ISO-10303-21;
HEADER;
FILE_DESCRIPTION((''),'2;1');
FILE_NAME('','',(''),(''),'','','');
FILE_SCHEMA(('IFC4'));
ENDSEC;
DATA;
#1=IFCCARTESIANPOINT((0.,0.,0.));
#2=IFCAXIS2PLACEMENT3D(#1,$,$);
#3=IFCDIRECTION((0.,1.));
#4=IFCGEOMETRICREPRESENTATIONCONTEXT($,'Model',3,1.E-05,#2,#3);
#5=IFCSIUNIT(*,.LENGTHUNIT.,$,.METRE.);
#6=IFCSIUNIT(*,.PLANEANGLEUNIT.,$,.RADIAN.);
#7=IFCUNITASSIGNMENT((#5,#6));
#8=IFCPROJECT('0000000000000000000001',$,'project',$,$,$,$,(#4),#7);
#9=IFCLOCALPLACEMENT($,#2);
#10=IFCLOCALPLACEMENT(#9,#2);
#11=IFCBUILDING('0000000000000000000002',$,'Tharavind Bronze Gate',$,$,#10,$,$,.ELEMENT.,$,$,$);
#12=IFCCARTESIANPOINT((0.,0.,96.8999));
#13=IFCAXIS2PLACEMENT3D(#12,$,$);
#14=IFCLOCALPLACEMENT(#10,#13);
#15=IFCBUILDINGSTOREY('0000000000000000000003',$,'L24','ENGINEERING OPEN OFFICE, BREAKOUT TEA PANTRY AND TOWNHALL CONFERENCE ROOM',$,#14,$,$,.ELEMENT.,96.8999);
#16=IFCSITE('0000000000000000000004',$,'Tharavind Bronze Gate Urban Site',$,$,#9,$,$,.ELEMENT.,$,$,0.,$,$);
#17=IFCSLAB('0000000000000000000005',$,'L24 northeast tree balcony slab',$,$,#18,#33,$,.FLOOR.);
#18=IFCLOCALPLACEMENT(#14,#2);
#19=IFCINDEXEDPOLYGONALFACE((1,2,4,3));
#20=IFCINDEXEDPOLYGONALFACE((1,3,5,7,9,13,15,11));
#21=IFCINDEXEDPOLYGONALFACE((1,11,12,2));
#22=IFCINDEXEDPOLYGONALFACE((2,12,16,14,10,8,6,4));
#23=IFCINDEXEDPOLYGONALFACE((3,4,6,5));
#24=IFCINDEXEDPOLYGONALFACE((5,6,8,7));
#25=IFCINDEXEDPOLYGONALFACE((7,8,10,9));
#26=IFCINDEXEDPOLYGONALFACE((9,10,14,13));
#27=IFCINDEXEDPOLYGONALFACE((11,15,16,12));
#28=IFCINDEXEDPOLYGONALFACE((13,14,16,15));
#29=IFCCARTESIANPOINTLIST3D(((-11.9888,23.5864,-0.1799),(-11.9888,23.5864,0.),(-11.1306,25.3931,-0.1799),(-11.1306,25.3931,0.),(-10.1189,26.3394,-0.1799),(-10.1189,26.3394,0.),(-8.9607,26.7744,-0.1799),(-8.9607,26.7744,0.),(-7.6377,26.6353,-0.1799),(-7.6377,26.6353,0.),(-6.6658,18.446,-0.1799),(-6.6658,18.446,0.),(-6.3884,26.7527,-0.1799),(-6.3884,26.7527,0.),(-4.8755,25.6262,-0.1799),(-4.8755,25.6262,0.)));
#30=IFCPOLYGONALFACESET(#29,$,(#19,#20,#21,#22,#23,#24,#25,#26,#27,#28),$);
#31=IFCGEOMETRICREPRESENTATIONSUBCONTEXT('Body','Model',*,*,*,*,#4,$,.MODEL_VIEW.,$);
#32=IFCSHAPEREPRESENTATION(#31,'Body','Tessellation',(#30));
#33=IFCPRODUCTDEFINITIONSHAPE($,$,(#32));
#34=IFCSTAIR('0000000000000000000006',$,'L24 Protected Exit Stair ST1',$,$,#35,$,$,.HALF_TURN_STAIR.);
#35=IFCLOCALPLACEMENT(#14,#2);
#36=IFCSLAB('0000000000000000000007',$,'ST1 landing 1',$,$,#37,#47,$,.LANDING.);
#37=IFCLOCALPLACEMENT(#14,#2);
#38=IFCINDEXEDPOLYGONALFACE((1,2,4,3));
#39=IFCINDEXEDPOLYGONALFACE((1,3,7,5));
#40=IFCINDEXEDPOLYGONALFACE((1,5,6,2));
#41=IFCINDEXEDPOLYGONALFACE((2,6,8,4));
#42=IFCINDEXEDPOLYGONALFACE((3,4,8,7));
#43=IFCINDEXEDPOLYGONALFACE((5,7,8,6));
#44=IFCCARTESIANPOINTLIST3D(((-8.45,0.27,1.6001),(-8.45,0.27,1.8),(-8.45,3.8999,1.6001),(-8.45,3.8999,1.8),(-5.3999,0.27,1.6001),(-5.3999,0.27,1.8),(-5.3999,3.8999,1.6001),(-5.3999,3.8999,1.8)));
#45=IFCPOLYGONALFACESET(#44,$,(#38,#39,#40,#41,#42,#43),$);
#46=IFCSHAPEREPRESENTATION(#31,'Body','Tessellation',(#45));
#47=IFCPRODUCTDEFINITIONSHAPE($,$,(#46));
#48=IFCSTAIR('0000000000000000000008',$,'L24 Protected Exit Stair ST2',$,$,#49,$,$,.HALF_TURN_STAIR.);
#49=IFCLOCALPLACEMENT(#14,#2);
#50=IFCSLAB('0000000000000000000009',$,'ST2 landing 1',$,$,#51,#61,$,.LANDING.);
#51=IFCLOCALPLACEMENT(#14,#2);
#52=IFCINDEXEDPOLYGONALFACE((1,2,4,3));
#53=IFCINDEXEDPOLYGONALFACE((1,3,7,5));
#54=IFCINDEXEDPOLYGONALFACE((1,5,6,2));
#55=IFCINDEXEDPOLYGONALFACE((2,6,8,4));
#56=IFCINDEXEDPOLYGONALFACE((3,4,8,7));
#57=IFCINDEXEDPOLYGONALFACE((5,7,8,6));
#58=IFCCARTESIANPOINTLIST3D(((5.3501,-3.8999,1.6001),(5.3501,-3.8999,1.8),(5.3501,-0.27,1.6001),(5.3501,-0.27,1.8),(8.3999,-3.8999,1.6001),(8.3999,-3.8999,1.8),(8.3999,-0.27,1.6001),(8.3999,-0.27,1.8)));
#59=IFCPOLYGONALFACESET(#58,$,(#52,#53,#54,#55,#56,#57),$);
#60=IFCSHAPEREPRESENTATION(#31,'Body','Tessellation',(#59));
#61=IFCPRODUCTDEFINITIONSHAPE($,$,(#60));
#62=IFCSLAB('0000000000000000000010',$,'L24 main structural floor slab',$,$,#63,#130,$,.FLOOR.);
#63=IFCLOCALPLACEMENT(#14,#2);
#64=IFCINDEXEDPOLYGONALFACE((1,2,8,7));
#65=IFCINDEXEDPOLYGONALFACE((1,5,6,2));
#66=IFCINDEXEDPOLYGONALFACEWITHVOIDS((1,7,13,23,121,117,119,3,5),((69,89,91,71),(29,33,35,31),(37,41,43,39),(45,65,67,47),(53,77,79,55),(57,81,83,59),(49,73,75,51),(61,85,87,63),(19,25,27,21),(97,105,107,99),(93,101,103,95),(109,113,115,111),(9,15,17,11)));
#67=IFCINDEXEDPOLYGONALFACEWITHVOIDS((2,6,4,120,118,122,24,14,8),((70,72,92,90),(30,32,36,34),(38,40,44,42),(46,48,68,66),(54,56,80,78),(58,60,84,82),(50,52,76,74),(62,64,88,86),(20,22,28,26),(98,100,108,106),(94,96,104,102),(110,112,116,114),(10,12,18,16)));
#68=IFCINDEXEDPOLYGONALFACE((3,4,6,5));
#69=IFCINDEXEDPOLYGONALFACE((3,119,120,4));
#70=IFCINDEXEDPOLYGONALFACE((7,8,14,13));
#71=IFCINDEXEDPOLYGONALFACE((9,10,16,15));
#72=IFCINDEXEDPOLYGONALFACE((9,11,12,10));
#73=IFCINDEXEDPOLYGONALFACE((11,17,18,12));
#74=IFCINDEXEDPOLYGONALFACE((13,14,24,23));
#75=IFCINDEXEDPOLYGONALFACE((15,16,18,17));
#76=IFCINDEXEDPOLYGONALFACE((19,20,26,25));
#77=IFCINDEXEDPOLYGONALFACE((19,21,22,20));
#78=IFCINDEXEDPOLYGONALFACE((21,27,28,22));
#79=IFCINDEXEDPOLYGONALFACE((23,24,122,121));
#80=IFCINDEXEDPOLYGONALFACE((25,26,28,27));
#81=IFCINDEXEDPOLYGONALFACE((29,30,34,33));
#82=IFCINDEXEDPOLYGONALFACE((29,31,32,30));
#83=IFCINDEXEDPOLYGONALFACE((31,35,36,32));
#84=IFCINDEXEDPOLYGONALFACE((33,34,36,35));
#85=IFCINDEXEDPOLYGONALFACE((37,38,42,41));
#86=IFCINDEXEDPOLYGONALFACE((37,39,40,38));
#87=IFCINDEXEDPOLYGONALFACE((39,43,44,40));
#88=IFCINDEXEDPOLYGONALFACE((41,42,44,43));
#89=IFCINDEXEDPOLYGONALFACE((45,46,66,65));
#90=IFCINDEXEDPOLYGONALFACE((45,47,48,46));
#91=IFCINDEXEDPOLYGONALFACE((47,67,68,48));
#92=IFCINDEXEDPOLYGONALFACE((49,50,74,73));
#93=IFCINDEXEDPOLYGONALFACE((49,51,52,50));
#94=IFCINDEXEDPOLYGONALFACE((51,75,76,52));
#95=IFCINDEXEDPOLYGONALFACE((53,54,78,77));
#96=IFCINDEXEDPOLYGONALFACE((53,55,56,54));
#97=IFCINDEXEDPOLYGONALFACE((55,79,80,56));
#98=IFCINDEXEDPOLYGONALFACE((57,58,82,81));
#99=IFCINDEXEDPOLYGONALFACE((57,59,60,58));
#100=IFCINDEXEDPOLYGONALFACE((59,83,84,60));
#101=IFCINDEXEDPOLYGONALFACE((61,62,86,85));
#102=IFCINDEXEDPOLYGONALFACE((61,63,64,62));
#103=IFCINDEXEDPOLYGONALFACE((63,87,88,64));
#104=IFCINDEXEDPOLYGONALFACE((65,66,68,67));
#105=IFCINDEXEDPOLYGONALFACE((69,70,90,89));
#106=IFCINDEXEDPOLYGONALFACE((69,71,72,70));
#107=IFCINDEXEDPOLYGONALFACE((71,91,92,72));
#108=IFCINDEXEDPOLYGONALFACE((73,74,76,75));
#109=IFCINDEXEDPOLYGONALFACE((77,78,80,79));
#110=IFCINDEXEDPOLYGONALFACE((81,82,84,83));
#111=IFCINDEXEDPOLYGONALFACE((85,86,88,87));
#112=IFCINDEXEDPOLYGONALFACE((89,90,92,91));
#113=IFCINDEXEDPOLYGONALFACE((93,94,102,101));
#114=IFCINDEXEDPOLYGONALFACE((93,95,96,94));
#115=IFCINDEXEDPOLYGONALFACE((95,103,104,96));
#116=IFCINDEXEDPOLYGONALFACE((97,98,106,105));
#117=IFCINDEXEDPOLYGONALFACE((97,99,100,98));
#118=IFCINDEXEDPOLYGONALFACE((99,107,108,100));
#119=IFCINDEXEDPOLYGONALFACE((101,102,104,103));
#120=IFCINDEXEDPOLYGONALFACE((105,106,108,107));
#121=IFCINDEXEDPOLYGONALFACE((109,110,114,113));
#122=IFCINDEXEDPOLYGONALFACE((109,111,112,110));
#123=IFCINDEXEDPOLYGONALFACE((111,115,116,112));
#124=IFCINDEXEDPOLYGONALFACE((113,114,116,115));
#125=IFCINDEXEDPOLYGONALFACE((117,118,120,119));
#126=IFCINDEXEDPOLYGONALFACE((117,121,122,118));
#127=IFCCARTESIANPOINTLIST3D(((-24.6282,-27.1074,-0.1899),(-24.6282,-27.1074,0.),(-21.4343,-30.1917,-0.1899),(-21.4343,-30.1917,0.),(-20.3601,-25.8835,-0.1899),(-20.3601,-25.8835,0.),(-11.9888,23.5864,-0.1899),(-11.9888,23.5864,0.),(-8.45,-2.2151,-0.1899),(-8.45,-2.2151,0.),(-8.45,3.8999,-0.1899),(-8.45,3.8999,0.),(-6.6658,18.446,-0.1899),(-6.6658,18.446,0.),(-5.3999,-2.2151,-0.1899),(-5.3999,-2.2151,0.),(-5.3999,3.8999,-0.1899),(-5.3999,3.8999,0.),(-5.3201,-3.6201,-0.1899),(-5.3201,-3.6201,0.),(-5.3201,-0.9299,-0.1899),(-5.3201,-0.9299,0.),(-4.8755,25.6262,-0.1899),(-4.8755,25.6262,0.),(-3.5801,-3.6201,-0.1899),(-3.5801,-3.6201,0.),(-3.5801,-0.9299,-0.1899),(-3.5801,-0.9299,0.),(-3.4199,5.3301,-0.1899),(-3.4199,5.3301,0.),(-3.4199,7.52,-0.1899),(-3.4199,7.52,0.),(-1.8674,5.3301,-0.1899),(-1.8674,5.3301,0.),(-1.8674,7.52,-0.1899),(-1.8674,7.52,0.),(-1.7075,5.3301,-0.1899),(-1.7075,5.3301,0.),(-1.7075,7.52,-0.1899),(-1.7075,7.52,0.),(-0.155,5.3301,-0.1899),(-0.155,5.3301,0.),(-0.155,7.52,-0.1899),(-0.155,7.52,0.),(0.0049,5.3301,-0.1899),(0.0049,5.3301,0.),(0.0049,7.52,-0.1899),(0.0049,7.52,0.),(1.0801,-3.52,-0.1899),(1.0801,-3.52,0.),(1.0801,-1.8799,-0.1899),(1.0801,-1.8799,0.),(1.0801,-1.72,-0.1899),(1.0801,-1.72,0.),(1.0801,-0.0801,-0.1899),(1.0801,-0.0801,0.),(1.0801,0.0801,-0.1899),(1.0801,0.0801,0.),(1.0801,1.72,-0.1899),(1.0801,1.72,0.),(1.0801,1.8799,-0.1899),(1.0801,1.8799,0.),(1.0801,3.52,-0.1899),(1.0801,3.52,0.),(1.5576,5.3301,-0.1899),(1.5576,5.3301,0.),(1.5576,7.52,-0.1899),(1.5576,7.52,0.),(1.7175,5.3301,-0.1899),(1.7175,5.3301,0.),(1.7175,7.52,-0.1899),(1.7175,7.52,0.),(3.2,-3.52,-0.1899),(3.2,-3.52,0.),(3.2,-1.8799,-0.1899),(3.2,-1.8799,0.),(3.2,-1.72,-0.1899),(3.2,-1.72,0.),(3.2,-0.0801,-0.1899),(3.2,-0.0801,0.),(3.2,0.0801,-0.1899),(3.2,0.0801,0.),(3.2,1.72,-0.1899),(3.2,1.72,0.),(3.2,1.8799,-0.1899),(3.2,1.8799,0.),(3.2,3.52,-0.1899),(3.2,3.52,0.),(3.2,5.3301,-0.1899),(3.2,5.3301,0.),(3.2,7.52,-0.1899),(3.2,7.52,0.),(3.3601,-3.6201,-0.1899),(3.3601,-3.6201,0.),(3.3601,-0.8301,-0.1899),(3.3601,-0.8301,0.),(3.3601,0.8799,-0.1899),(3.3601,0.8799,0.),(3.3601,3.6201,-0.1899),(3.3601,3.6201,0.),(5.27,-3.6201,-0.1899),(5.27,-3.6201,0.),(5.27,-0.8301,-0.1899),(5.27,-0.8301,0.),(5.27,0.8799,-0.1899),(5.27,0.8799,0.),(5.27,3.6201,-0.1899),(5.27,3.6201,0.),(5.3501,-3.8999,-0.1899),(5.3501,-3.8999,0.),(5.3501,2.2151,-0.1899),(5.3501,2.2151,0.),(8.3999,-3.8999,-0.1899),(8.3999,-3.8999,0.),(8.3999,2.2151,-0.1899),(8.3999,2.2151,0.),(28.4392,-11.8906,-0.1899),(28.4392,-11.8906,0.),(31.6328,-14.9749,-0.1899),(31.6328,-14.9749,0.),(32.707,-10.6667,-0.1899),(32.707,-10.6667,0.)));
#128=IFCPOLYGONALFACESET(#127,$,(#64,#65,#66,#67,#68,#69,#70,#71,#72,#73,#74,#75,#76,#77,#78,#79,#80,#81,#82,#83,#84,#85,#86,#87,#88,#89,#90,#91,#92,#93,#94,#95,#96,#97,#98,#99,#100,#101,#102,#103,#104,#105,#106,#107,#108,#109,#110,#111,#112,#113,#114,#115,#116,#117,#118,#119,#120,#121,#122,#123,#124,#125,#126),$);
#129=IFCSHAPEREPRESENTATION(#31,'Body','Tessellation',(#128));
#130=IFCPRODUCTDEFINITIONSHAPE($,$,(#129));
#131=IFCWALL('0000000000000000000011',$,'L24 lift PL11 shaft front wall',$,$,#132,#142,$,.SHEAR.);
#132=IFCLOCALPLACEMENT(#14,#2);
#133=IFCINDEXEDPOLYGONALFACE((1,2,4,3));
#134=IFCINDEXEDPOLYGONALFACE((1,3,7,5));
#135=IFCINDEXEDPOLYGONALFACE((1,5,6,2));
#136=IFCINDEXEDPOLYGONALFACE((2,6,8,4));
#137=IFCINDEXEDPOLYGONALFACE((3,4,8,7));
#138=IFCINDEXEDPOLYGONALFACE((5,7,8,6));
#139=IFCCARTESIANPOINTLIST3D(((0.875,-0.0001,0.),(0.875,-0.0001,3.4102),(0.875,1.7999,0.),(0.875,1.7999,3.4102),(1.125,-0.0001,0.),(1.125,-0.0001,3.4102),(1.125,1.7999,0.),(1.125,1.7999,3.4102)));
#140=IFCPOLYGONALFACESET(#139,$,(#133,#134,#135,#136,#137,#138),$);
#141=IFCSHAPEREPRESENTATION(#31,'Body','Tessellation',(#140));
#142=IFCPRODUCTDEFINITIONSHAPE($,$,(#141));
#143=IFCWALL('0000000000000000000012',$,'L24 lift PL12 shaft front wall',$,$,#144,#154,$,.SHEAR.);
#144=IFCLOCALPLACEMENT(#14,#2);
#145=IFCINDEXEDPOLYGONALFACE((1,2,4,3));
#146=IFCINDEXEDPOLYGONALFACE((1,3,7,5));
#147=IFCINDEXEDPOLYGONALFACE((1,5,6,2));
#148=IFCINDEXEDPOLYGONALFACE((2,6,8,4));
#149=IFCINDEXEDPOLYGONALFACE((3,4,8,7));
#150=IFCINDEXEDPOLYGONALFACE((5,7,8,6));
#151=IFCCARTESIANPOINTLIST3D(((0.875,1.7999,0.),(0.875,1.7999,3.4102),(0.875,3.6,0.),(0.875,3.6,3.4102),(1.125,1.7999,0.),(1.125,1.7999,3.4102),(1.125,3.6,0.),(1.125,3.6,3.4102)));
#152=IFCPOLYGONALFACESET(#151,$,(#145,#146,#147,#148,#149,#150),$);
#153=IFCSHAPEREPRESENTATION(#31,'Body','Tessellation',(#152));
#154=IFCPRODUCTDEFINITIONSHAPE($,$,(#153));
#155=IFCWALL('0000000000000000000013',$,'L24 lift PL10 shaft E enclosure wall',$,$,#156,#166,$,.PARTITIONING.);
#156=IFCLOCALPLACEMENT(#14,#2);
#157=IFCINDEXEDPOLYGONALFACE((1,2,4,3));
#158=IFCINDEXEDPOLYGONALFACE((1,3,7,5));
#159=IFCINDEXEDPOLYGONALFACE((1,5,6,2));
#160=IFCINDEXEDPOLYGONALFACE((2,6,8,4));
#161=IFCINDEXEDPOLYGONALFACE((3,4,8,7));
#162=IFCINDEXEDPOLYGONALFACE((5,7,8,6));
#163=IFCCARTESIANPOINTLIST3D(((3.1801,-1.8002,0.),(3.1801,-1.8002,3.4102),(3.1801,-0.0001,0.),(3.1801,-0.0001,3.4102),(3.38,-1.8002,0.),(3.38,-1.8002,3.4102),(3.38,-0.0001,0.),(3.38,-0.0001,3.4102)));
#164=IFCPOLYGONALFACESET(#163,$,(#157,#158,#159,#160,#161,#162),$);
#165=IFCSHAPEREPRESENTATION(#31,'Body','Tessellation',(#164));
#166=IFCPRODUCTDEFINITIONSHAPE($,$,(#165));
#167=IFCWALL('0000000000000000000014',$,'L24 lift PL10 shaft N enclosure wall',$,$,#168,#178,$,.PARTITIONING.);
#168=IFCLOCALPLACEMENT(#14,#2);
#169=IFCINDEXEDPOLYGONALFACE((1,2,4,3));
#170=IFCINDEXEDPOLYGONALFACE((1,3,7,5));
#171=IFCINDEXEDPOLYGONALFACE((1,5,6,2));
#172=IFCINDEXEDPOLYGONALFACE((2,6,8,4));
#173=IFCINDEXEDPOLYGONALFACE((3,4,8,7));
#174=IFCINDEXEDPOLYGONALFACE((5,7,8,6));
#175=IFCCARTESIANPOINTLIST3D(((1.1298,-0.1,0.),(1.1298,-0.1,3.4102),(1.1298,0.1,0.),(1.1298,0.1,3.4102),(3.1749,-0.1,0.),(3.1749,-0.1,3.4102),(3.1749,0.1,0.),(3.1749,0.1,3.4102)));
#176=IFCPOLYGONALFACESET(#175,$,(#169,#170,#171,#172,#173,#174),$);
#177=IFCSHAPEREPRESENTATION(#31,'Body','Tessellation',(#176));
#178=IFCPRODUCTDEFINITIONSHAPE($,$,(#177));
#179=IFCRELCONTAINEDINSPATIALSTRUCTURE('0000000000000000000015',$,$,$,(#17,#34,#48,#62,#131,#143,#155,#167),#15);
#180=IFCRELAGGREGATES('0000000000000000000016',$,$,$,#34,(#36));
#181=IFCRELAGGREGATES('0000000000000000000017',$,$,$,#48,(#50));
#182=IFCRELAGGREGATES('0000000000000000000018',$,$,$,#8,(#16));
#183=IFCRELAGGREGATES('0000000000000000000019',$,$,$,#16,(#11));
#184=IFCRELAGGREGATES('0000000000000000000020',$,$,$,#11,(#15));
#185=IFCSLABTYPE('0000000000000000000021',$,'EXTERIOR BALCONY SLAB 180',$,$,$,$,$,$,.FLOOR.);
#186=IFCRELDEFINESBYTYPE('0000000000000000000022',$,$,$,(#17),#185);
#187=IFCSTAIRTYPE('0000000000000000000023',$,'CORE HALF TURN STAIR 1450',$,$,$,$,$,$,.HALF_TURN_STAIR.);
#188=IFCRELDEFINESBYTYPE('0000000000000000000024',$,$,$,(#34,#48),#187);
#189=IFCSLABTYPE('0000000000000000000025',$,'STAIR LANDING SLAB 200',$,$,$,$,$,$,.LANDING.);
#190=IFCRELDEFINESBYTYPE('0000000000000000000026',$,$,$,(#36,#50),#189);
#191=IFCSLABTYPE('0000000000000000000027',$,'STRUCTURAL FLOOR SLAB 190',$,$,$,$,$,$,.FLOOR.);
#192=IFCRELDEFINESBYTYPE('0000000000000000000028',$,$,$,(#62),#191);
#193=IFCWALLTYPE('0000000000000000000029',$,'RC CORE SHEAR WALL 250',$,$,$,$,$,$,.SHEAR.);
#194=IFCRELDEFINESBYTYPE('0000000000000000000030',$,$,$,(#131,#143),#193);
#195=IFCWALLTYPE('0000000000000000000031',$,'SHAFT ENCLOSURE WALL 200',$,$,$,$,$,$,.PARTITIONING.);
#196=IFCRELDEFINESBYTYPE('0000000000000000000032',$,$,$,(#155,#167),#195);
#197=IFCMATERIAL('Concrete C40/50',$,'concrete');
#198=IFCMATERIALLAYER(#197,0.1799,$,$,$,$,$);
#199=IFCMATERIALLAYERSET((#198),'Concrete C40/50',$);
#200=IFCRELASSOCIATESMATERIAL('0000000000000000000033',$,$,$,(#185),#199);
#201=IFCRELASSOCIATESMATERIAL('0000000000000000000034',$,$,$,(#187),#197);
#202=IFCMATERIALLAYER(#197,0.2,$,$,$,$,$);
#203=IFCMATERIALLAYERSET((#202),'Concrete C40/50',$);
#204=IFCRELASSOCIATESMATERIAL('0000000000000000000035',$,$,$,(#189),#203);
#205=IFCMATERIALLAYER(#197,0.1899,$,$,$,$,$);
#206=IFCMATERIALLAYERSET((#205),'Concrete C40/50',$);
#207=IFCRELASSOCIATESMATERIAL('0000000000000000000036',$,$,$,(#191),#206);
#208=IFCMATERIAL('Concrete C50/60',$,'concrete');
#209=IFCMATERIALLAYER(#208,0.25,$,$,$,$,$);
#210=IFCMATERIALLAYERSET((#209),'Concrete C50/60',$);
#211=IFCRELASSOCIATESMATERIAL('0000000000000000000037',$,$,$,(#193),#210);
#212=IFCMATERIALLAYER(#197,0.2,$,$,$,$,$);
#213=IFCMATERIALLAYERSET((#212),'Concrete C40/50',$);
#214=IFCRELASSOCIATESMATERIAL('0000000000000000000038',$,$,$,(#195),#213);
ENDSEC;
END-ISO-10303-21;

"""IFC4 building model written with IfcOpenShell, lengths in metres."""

from ifc_helpers import new_model, si_unit, direction, frame, frame_2d, origin, place, context, subcontext, project, spatial, polyline, rectangle, outline, extrude, material, layer, layer_set, type_object, element, aggregate, save


model = new_model("IFC4")

# Units and contexts
model_context = context("Model", 3, precision=1e-05, world=origin(), true_north=direction((0.0, 1.0)))
body_context = subcontext(model_context, "Body", "Model", "MODEL_VIEW")
ifc_project = project(units=[si_unit("LENGTHUNIT", "METRE"), si_unit("PLANEANGLEUNIT", "RADIAN")], contexts=[model_context])

# Site, building, storey
site_placement = place(None, origin())
site = spatial("IfcSite", under=ifc_project, at=site_placement, Name="Tharavind Bronze Gate Urban Site", CompositionType="ELEMENT", RefElevation=0.0)
building_placement = place(site_placement, origin())
building = spatial("IfcBuilding", under=site, at=building_placement, Name="Tharavind Bronze Gate", CompositionType="ELEMENT")
storey_placement = place(building_placement, frame((0.0, 0.0, 96.8999)))
storey = spatial("IfcBuildingStorey", under=building, at=storey_placement, Name="L24", Description="ENGINEERING OPEN OFFICE, BREAKOUT TEA PANTRY AND TOWNHALL CONFERENCE ROOM", CompositionType="ELEMENT", Elevation=96.8999)

# Slab
ifc_material_1 = material(Name="Concrete C40/50", Category="concrete")
ifc_layer_1 = layer(ifc_material_1, 0.1799)
ifc_layer_set_1 = layer_set([ifc_layer_1], Name="Concrete C40/50")
slab_type_1 = type_object("IfcSlabType", Name="EXTERIOR BALCONY SLAB 180", PredefinedType="FLOOR", material=ifc_layer_set_1)
slab_1_placement = place(storey_placement, frame((0.0, 0.0, -0.1799)))
element("IfcSlab", 1, at=slab_1_placement, inside=storey, type_object=slab_type_1, Name="L24 northeast tree balcony slab", PredefinedType="FLOOR", context=body_context, shape_type="SweptSolid", body=[
    extrude(outline(polyline([(-6.3884, 26.7527), (-7.6377, 26.6353), (-8.9607, 26.7744), (-10.1189, 26.3394), (-11.1306, 25.3931), (-11.9888, 23.5864), (-6.6658, 18.446), (-4.8755, 25.6262), (-6.3884, 26.7527)])), origin(), (0.0, 0.0, 1.0), 0.1799),
])

# Stairs, slabs
stair_type = type_object("IfcStairType", Name="CORE HALF TURN STAIR 1450", PredefinedType="HALF_TURN_STAIR", material=ifc_material_1)
stair_1_placement = place(storey_placement, origin())
stair_1 = element("IfcStair", 2, at=stair_1_placement, inside=storey, type_object=stair_type, Name="L24 Protected Exit Stair ST1", PredefinedType="HALF_TURN_STAIR")
ifc_layer_2 = layer(ifc_material_1, 0.2)
ifc_layer_set_2 = layer_set([ifc_layer_2], Name="Concrete C40/50")
slab_type_2 = type_object("IfcSlabType", Name="STAIR LANDING SLAB 200", PredefinedType="LANDING", material=ifc_layer_set_2)
slab_2_placement = place(storey_placement, frame((0.0, 0.0, 1.6001)))
slab_2 = element("IfcSlab", 3, at=slab_2_placement, type_object=slab_type_2, Name="ST1 landing 1", PredefinedType="LANDING", context=body_context, shape_type="SweptSolid", body=[
    extrude(outline(polyline([(-5.3999, 0.27), (-5.3999, 3.8999), (-8.45, 3.8999), (-8.45, 0.27), (-5.3999, 0.27)])), origin(), (0.0, 0.0, 1.0), 0.2),
])
aggregate(stair_1, [slab_2])
stair_2_placement = place(storey_placement, origin())
stair_2 = element("IfcStair", 4, at=stair_2_placement, inside=storey, type_object=stair_type, Name="L24 Protected Exit Stair ST2", PredefinedType="HALF_TURN_STAIR")
slab_3_placement = place(storey_placement, frame((0.0, 0.0, 1.6001)))
slab_3 = element("IfcSlab", 5, at=slab_3_placement, type_object=slab_type_2, Name="ST2 landing 1", PredefinedType="LANDING", context=body_context, shape_type="SweptSolid", body=[
    extrude(outline(polyline([(5.3501, -0.27), (5.3501, -3.8999), (8.3999, -3.8999), (8.3999, -0.27), (5.3501, -0.27)])), origin(), (0.0, 0.0, 1.0), 0.2),
])
aggregate(stair_2, [slab_3])

# Slab
ifc_layer_3 = layer(ifc_material_1, 0.1899)
ifc_layer_set_3 = layer_set([ifc_layer_3], Name="Concrete C40/50")
slab_type_3 = type_object("IfcSlabType", Name="STRUCTURAL FLOOR SLAB 190", PredefinedType="FLOOR", material=ifc_layer_set_3)
slab_4_placement = place(storey_placement, frame((0.0, 0.0, -0.1899)))
element("IfcSlab", 6, at=slab_4_placement, inside=storey, type_object=slab_type_3, Name="L24 main structural floor slab", PredefinedType="FLOOR", context=body_context, shape_type="SweptSolid", body=[
    extrude(outline(polyline([(-4.8755, 25.6262), (-6.6658, 18.446), (-11.9888, 23.5864), (-24.6282, -27.1074), (-20.3601, -25.8835), (-21.4343, -30.1917), (31.6328, -14.9749), (28.4392, -11.8906), (32.707, -10.6667), (-4.8755, 25.6262)]), holes=[polyline([(-5.3999, -2.2151), (-5.3999, 3.8999), (-8.45, 3.8999), (-8.45, -2.2151), (-5.3999, -2.2151)]), polyline([(5.3501, 2.2151), (5.3501, -3.8999), (8.3999, -3.8999), (8.3999, 2.2151), (5.3501, 2.2151)]), polyline([(-3.4199, 5.3301), (-1.8674, 5.3301), (-1.8674, 7.52), (-3.4199, 7.52), (-3.4199, 5.3301)]), polyline([(-1.7075, 5.3301), (-0.155, 5.3301), (-0.155, 7.52), (-1.7075, 7.52), (-1.7075, 5.3301)]), polyline([(0.0049, 5.3301), (1.5576, 5.3301), (1.5576, 7.52), (0.0049, 7.52), (0.0049, 5.3301)]), polyline([(1.7175, 5.3301), (3.2, 5.3301), (3.2, 7.52), (1.7175, 7.52), (1.7175, 5.3301)]), polyline([(1.0801, -3.52), (3.2, -3.52), (3.2, -1.8799), (1.0801, -1.8799), (1.0801, -3.52)]), polyline([(1.0801, -1.72), (3.2, -1.72), (3.2, -0.0801), (1.0801, -0.0801), (1.0801, -1.72)]), polyline([(1.0801, 0.0801), (3.2, 0.0801), (3.2, 1.72), (1.0801, 1.72), (1.0801, 0.0801)]), polyline([(1.0801, 1.8799), (3.2, 1.8799), (3.2, 3.52), (1.0801, 3.52), (1.0801, 1.8799)]), polyline([(-5.3201, -3.6201), (-3.5801, -3.6201), (-3.5801, -0.9299), (-5.3201, -0.9299), (-5.3201, -3.6201)]), polyline([(3.3601, 0.8799), (5.27, 0.8799), (5.27, 3.6201), (3.3601, 3.6201), (3.3601, 0.8799)]), polyline([(3.3601, -3.6201), (5.27, -3.6201), (5.27, -0.8301), (3.3601, -0.8301), (3.3601, -3.6201)])]), origin(), (0.0, 0.0, 1.0), 0.1899),
])

# Walls
ifc_material_2 = material(Name="Concrete C50/60", Category="concrete")
ifc_layer_4 = layer(ifc_material_2, 0.25)
ifc_layer_set_4 = layer_set([ifc_layer_4], Name="Concrete C50/60")
wall_type_1 = type_object("IfcWallType", Name="RC CORE SHEAR WALL 250", PredefinedType="SHEAR", material=ifc_layer_set_4)
for number, where, z_axis, x_axis, name in (
    (7, (1.0, 0.0, 0.0), (0.0, 0.0, 1.0), (0.0, 1.0, 0.0), "L24 lift PL11 shaft front wall"),
    (8, (1.0, 1.8, 0.0), (0.0, 0.0, 1.0), (0.0, 1.0, 0.0), "L24 lift PL12 shaft front wall"),
):
    element("IfcWall", number, at=place(storey_placement, frame(where, z_axis=z_axis, x_axis=x_axis)), inside=storey, type_object=wall_type_1, Name=name, PredefinedType="SHEAR", context=body_context, shape_type="SweptSolid", body=[
        extrude(rectangle(XDim=1.8, YDim=0.25, at=frame_2d((0.8999, 0.0))), origin(), (0.0, 0.0, 1.0), 3.4102),
    ])
ifc_layer_5 = layer(ifc_material_1, 0.2)
ifc_layer_set_5 = layer_set([ifc_layer_5], Name="Concrete C40/50")
wall_type_2 = type_object("IfcWallType", Name="SHAFT ENCLOSURE WALL 200", PredefinedType="PARTITIONING", material=ifc_layer_set_5)
wall_1_placement = place(storey_placement, frame((3.28, -1.8, 0.0), z_axis=(0.0, 0.0, 1.0), x_axis=(0.0, 1.0, 0.0)))
element("IfcWall", 9, at=wall_1_placement, inside=storey, type_object=wall_type_2, Name="L24 lift PL10 shaft E enclosure wall", PredefinedType="PARTITIONING", context=body_context, shape_type="SweptSolid", body=[
    extrude(rectangle(XDim=1.8, YDim=0.2, at=frame_2d((0.8999, 0.0))), origin(), (0.0, 0.0, 1.0), 3.4102),
])
wall_2_placement = place(storey_placement, frame((1.1299, 0.0, 0.0), z_axis=(0.0, 0.0, 1.0), x_axis=(1.0, 0.0, 0.0)))
element("IfcWall", 10, at=wall_2_placement, inside=storey, type_object=wall_type_2, Name="L24 lift PL10 shaft N enclosure wall", PredefinedType="PARTITIONING", context=body_context, shape_type="SweptSolid", body=[
    extrude(rectangle(XDim=2.0452, YDim=0.2, at=frame_2d((1.0225, 0.0))), origin(), (0.0, 0.0, 1.0), 3.4102),
])

save(model, "model.ifc")
